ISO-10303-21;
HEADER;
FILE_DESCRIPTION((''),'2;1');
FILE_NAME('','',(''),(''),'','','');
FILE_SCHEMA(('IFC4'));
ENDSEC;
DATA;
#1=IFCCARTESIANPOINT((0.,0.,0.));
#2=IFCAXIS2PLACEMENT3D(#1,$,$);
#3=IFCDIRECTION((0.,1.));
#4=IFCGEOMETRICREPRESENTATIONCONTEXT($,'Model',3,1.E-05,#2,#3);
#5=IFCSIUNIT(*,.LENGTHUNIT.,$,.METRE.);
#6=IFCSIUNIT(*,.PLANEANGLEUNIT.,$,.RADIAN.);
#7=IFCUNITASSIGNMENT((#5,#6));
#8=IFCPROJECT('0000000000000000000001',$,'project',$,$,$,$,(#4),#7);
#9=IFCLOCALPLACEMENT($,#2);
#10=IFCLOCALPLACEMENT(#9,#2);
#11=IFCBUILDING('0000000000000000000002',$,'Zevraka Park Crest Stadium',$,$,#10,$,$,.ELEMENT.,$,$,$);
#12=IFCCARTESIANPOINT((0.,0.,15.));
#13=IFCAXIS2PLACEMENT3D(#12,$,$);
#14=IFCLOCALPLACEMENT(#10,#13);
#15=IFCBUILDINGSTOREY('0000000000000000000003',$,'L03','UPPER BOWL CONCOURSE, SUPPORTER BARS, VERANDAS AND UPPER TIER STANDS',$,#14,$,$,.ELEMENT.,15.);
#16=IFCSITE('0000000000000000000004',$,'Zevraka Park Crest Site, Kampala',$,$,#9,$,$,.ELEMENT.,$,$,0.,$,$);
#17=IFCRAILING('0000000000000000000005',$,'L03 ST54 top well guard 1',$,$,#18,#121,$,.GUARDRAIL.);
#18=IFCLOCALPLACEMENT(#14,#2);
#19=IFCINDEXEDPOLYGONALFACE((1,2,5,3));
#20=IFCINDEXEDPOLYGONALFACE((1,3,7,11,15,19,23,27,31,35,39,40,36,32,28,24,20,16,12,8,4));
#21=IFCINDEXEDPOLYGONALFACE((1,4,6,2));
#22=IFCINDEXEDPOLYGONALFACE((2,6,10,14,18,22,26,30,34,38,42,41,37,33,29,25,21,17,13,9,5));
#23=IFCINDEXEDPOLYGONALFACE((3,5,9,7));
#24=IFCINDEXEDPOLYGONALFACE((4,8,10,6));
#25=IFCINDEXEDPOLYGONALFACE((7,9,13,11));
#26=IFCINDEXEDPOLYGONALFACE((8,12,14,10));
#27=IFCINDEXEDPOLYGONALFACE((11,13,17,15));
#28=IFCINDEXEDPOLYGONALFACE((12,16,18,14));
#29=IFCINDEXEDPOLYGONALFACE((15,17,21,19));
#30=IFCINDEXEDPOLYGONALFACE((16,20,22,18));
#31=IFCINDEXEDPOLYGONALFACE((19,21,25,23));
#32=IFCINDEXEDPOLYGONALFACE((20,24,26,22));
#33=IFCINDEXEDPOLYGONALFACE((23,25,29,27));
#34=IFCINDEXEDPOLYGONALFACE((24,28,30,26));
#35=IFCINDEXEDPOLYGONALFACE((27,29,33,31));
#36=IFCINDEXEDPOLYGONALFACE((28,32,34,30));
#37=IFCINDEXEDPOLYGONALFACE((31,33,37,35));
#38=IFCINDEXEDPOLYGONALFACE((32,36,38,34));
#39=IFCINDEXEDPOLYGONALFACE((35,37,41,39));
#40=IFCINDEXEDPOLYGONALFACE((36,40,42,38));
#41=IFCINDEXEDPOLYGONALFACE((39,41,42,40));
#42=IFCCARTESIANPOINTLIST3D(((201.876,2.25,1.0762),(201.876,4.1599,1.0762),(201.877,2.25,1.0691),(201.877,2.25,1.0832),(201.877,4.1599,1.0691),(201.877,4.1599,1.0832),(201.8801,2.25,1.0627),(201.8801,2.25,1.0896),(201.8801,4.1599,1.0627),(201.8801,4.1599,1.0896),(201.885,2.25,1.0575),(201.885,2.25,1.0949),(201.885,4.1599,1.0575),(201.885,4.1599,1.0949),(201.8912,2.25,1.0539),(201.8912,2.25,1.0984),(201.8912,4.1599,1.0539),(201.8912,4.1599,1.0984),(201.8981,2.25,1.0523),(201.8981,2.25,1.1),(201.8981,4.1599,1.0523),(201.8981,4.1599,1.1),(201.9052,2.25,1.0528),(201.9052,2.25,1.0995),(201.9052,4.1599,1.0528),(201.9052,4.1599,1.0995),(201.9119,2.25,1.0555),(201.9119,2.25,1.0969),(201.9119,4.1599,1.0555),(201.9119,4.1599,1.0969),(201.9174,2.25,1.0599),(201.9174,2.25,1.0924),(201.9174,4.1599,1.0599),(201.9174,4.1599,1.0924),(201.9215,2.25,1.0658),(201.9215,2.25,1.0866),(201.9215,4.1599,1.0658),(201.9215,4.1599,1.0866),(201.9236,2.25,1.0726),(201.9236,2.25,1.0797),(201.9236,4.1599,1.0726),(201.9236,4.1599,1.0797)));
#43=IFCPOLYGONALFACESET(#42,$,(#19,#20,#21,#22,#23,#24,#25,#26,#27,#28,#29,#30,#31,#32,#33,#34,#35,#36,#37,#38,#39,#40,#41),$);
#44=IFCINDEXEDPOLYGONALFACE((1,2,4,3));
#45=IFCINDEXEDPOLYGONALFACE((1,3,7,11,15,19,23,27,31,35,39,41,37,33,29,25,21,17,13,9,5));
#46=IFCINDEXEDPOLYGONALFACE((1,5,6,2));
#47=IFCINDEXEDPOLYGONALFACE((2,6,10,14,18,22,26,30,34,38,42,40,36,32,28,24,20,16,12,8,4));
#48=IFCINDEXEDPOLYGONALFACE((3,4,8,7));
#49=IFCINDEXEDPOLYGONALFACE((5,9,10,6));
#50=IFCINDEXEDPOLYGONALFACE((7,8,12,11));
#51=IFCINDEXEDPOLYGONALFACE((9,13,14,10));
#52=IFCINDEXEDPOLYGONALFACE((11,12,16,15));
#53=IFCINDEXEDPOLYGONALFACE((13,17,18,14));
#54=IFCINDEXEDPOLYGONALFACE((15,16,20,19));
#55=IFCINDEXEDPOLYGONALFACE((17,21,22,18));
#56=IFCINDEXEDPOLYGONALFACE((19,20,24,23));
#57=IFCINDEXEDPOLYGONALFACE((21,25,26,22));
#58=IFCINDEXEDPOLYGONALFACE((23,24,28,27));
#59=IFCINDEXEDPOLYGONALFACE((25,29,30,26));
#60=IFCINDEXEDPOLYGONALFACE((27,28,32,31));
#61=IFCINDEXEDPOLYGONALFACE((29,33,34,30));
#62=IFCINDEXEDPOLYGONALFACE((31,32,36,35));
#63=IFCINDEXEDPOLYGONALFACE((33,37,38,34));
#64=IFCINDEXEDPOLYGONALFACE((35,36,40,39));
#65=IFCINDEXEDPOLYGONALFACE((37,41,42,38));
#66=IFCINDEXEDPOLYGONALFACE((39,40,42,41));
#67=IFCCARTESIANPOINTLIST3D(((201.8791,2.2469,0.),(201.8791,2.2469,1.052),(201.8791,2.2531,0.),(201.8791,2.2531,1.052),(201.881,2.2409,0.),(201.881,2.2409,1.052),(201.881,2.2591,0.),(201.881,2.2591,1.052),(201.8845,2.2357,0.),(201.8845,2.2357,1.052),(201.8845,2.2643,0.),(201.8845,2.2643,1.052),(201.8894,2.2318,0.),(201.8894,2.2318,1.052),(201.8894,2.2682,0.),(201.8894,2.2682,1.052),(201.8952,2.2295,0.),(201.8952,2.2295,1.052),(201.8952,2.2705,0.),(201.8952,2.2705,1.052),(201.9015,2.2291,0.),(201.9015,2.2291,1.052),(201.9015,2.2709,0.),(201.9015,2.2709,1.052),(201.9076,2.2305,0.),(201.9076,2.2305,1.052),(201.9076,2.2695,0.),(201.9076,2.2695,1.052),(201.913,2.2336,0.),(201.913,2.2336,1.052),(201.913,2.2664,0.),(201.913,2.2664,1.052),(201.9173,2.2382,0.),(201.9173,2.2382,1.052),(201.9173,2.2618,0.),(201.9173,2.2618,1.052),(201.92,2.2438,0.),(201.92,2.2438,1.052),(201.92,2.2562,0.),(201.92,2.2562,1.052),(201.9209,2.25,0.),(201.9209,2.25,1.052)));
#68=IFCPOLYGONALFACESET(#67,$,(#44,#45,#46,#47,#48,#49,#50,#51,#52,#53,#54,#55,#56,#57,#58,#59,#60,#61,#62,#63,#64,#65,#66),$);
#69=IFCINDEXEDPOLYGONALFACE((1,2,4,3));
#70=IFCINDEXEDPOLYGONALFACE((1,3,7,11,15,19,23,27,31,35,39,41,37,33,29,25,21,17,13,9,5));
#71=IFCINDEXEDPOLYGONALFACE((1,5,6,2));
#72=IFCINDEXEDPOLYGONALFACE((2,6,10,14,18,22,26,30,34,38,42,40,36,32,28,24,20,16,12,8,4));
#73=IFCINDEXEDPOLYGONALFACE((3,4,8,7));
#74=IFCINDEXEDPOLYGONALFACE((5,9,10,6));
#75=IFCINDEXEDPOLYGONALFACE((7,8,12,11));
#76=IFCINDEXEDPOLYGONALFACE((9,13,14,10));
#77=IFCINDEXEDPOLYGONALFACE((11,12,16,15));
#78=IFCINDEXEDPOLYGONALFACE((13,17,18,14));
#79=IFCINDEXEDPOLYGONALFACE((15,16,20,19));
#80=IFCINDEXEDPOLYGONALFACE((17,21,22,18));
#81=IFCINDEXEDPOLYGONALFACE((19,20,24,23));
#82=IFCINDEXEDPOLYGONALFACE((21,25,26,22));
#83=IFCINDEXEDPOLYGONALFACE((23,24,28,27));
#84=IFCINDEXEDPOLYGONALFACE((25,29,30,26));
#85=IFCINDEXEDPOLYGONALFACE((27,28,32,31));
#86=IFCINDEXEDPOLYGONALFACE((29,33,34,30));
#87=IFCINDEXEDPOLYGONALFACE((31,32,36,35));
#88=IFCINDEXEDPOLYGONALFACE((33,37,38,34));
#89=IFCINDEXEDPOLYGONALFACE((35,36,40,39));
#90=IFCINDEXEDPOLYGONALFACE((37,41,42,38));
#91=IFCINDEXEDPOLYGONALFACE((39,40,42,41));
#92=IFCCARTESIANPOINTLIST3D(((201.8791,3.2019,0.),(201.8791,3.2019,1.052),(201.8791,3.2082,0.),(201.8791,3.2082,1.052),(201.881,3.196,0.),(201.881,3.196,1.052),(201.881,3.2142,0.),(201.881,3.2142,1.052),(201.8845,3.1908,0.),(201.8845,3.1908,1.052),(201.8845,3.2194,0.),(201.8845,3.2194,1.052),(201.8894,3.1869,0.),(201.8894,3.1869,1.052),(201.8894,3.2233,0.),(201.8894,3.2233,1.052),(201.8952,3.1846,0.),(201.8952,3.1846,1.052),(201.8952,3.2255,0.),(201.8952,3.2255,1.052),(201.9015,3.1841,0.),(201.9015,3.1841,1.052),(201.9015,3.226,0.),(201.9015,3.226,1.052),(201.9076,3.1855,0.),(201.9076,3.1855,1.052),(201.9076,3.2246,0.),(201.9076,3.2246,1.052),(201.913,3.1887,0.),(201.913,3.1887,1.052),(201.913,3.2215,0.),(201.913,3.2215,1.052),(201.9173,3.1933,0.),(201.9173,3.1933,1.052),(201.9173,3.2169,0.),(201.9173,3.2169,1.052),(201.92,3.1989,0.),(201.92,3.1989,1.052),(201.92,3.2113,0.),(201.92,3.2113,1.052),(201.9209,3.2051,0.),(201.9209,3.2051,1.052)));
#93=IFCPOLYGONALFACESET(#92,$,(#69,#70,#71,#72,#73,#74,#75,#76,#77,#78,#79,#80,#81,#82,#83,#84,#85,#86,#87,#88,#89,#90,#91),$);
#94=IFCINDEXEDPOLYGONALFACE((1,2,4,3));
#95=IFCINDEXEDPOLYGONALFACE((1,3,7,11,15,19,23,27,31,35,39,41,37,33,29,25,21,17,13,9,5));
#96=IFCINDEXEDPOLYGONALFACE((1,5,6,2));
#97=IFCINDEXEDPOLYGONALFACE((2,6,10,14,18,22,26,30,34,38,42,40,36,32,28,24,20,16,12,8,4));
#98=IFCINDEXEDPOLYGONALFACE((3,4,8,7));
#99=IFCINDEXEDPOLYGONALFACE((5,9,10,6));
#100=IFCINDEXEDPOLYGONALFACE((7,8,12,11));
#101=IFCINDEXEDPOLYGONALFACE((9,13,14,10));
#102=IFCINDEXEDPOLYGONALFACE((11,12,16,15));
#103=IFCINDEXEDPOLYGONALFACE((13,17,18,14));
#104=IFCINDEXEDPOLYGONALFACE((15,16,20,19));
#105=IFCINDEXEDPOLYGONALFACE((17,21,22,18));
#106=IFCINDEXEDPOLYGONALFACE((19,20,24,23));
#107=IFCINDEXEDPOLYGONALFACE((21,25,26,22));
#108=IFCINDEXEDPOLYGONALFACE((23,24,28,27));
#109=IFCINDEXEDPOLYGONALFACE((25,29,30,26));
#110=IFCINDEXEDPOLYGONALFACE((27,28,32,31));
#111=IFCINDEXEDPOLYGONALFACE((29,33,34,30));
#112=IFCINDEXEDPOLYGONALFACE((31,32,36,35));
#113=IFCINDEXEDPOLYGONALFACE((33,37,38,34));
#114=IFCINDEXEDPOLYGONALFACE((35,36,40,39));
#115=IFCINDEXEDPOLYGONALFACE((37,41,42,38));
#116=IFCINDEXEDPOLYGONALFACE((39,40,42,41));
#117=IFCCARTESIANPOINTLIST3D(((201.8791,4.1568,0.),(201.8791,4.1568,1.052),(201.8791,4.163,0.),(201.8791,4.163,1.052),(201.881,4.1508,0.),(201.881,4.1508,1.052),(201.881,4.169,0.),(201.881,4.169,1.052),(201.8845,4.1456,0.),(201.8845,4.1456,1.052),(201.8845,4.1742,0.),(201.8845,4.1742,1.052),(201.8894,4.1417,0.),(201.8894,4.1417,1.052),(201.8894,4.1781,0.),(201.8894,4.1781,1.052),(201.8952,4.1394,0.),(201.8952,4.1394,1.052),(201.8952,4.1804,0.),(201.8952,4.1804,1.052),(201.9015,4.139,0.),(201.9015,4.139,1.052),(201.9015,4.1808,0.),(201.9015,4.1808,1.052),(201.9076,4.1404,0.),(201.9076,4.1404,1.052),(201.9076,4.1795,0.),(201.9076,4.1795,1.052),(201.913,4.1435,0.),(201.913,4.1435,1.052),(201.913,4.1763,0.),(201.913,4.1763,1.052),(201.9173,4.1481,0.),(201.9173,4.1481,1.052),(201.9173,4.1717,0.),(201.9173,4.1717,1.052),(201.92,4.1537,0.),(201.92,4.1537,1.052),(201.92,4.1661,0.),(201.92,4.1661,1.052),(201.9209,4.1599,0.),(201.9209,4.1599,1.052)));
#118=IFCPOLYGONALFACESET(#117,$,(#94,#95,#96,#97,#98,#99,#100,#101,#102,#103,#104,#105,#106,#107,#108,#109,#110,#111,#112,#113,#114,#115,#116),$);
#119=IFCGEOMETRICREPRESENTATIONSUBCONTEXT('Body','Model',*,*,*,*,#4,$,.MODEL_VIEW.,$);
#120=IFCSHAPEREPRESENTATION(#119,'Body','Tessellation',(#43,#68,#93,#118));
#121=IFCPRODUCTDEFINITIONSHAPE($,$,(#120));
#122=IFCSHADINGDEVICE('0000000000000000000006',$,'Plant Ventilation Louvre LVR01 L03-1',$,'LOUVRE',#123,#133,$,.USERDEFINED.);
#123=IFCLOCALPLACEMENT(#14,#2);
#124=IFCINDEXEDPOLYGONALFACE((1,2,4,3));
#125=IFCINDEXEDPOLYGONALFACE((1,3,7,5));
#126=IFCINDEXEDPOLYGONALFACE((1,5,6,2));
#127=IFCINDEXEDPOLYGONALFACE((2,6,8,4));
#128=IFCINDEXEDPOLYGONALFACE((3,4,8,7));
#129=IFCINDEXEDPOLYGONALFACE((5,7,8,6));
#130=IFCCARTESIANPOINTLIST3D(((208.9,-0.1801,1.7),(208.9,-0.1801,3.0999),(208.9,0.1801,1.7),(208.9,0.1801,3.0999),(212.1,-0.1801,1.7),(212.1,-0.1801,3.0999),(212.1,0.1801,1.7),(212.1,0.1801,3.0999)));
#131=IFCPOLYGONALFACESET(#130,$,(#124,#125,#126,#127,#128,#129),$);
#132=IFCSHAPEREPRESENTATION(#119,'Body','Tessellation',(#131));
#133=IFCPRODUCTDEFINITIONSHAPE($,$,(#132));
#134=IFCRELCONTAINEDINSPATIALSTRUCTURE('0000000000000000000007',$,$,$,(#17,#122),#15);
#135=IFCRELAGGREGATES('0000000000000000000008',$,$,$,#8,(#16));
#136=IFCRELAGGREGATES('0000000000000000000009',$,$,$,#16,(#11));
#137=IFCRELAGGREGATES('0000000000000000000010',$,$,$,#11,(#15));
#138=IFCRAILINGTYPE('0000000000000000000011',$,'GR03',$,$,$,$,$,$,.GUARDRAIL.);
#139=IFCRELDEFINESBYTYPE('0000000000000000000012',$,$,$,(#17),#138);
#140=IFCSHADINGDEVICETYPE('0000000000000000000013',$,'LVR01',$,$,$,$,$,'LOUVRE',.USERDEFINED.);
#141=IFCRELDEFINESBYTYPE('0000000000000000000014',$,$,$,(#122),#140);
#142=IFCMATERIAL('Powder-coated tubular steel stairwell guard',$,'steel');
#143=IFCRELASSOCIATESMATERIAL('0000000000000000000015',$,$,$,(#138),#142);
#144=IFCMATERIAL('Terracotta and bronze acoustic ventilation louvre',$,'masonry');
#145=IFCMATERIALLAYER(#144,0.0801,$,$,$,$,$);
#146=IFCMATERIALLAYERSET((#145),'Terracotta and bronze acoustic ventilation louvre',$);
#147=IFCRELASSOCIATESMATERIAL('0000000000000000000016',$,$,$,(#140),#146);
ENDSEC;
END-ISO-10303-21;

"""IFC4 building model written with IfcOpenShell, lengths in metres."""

from ifc_helpers import new_model, si_unit, direction, frame, origin, origin_2d, place, context, subcontext, project, spatial, rectangle, circle, extrude, material, layer, layer_set, type_object, element, save


model = new_model("IFC4")

# Units and contexts
model_context = context("Model", 3, precision=1e-05, world=origin(), true_north=direction((0.0, 1.0)))
body_context = subcontext(model_context, "Body", "Model", "MODEL_VIEW")
ifc_project = project(units=[si_unit("LENGTHUNIT", "METRE"), si_unit("PLANEANGLEUNIT", "RADIAN")], contexts=[model_context])

# Site, building, storey
site_placement = place(None, origin())
site = spatial("IfcSite", under=ifc_project, at=site_placement, Name="Zevraka Park Crest Site, Kampala", CompositionType="ELEMENT", RefElevation=0.0)
building_placement = place(site_placement, origin())
building = spatial("IfcBuilding", under=site, at=building_placement, Name="Zevraka Park Crest Stadium", CompositionType="ELEMENT")
storey_placement = place(building_placement, frame((0.0, 0.0, 15.0)))
storey = spatial("IfcBuildingStorey", under=building, at=storey_placement, Name="L03", Description="UPPER BOWL CONCOURSE, SUPPORTER BARS, VERANDAS AND UPPER TIER STANDS", CompositionType="ELEMENT", Elevation=15.0)

# Railing
ifc_material_1 = material(Name="Powder-coated tubular steel stairwell guard", Category="steel")
railing_type = type_object("IfcRailingType", Name="GR03", PredefinedType="GUARDRAIL", material=ifc_material_1)
railing_placement = place(storey_placement, frame((201.8999, 2.25, 0.0)))
element("IfcRailing", 1, at=railing_placement, inside=storey, type_object=railing_type, Name="L03 ST54 top well guard 1", PredefinedType="GUARDRAIL", context=body_context, shape_type="SweptSolid", body=[
    extrude(circle(Radius=0.0239, at=origin_2d()), frame((0.0, 0.0, 1.0762), z_axis=(0.0, 1.0, 0.0), x_axis=(-1.0, 0.0, 0.0)), (0.0, 0.0, 1.0), 1.9099),
    extrude(circle(Radius=0.021, at=origin_2d()), origin(), (0.0, 0.0, 1.0), 1.052),
    extrude(circle(Radius=0.021, at=origin_2d()), frame((0.0, 0.9551, 0.0)), (0.0, 0.0, 1.0), 1.052),
    extrude(circle(Radius=0.021, at=origin_2d()), frame((0.0, 1.9099, 0.0)), (0.0, 0.0, 1.0), 1.052),
])

# Shading device
ifc_material_2 = material(Name="Terracotta and bronze acoustic ventilation louvre", Category="masonry")
ifc_layer_1 = layer(ifc_material_2, 0.0801)
ifc_layer_set_1 = layer_set([ifc_layer_1], Name="Terracotta and bronze acoustic ventilation louvre")
shading_device_type = type_object("IfcShadingDeviceType", Name="LVR01", ElementType="LOUVRE", PredefinedType="USERDEFINED", material=ifc_layer_set_1)
shading_device_placement = place(storey_placement, frame((210.5, 0.0, 1.7), z_axis=(0.0, 0.0, 1.0), x_axis=(-1.0, 0.0, 0.0)))
element("IfcShadingDevice", 2, at=shading_device_placement, inside=storey, type_object=shading_device_type, Name="Plant Ventilation Louvre LVR01 L03-1", ObjectType="LOUVRE", PredefinedType="USERDEFINED", context=body_context, shape_type="SweptSolid", body=[
    extrude(rectangle(XDim=3.2, YDim=0.3601, at=origin_2d()), origin(), (0.0, 0.0, 1.0), 1.3999),
])

save(model, "model.ifc")
